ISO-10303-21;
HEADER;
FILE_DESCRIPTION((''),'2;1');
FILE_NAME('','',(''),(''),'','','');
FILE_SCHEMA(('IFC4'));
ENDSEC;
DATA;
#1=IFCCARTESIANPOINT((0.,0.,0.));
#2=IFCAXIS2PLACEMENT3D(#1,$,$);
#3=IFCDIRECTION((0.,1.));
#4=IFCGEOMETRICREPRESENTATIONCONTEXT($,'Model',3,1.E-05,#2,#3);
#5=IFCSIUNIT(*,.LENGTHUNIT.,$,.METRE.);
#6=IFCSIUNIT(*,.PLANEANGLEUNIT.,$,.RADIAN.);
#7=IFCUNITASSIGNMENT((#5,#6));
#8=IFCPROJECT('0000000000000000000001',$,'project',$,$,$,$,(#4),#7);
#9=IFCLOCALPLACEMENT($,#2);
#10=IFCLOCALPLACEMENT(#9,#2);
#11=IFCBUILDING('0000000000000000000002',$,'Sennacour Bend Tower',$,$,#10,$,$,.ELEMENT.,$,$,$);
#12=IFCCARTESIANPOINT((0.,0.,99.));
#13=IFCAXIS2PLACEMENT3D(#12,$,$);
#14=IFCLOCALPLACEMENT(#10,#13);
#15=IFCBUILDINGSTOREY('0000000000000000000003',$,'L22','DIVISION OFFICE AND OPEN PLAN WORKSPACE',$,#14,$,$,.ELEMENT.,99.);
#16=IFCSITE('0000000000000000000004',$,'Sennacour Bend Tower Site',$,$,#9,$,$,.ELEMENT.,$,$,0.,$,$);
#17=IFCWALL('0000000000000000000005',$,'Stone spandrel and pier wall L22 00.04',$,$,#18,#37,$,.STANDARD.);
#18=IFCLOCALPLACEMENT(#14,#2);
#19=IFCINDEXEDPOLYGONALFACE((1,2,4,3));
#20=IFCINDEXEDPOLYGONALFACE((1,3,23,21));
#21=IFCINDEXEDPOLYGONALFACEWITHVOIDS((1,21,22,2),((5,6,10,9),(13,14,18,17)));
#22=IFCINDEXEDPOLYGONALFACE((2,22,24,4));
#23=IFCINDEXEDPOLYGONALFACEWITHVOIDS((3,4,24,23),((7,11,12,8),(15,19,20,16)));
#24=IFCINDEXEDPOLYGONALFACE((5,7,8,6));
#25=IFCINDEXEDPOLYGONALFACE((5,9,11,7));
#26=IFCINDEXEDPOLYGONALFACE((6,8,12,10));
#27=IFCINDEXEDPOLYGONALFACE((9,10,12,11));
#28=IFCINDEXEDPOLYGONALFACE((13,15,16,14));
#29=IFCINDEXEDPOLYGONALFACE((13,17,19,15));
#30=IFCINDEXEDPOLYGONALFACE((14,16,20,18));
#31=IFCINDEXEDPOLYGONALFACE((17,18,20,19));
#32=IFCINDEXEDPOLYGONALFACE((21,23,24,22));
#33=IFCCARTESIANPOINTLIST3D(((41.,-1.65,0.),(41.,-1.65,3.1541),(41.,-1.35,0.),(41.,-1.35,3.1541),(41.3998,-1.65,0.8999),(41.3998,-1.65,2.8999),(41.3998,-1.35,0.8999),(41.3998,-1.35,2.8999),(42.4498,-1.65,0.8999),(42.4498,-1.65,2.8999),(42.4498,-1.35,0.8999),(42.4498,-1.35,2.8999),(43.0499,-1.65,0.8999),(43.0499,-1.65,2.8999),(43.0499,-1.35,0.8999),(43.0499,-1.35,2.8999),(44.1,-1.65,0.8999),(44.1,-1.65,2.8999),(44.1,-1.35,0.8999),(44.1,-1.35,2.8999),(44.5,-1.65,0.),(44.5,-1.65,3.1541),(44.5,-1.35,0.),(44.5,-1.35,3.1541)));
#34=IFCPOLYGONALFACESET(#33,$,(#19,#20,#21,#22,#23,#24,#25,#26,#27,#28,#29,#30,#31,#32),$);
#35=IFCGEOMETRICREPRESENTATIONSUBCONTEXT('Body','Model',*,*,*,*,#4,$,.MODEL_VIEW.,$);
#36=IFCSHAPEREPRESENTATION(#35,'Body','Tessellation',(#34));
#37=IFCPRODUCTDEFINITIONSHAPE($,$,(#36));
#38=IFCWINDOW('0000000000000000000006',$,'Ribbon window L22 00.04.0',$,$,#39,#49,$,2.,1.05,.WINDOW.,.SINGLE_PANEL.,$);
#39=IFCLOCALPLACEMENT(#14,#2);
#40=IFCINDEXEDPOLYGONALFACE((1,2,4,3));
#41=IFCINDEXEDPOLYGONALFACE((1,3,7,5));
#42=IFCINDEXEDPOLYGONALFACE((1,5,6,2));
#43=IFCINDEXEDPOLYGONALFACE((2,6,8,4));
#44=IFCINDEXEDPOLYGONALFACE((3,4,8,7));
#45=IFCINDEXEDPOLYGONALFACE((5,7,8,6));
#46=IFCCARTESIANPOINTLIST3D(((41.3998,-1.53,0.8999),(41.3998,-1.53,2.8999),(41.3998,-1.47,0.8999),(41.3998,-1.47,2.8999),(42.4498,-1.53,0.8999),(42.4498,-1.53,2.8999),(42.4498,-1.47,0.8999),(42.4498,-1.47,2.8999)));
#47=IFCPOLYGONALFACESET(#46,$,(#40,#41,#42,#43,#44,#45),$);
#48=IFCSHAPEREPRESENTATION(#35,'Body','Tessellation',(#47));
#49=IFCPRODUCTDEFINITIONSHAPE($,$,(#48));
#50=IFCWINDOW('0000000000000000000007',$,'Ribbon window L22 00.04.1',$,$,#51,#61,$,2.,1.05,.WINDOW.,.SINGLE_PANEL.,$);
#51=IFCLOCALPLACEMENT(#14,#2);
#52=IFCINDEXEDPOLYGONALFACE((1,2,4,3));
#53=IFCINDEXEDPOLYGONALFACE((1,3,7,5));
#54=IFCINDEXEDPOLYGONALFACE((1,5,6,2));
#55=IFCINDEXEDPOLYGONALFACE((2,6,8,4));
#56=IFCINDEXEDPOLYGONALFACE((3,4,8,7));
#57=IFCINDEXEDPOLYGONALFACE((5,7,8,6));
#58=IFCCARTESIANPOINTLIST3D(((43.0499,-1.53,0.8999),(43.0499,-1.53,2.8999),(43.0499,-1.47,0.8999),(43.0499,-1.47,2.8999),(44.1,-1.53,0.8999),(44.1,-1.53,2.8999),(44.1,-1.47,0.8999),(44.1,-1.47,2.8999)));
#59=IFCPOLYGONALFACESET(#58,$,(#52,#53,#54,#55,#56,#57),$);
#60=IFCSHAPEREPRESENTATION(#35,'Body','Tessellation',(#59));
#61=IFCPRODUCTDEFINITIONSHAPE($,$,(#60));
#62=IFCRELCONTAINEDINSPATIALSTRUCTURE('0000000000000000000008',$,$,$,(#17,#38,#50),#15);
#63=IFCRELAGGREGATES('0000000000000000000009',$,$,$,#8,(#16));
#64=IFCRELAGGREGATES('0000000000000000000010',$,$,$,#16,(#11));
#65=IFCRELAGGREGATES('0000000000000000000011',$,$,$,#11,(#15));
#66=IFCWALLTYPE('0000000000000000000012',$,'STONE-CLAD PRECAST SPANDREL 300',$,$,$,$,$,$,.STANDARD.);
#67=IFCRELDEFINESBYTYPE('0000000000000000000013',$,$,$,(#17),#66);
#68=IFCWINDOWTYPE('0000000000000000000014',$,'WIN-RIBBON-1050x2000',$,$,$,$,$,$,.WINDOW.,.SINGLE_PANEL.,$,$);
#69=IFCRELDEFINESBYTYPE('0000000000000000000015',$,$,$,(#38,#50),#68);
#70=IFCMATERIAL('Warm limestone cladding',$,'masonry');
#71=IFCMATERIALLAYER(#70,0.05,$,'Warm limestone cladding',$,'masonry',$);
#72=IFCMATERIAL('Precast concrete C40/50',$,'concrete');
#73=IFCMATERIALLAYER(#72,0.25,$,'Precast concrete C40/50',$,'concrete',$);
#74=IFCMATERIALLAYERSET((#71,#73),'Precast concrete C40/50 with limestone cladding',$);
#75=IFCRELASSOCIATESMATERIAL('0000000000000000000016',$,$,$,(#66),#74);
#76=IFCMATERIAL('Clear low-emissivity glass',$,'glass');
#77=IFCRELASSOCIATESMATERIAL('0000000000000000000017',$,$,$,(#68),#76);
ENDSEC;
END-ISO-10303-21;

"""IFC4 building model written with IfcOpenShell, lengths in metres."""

from ifc_helpers import new_model, si_unit, direction, frame, frame_2d, origin, place, context, subcontext, project, spatial, rectangle, extrude, material, layer, layer_set, type_object, element, fill, save


model = new_model("IFC4")

# Units and contexts
model_context = context("Model", 3, precision=1e-05, world=origin(), true_north=direction((0.0, 1.0)))
body_context = subcontext(model_context, "Body", "Model", "MODEL_VIEW")
ifc_project = project(units=[si_unit("LENGTHUNIT", "METRE"), si_unit("PLANEANGLEUNIT", "RADIAN")], contexts=[model_context])

# Site, building, storey
site_placement = place(None, origin())
site = spatial("IfcSite", under=ifc_project, at=site_placement, Name="Sennacour Bend Tower Site", CompositionType="ELEMENT", RefElevation=0.0)
building_placement = place(site_placement, origin())
building = spatial("IfcBuilding", under=site, at=building_placement, Name="Sennacour Bend Tower", CompositionType="ELEMENT")
storey_placement = place(building_placement, frame((0.0, 0.0, 99.0)))
storey = spatial("IfcBuildingStorey", under=building, at=storey_placement, Name="L22", Description="DIVISION OFFICE AND OPEN PLAN WORKSPACE", CompositionType="ELEMENT", Elevation=99.0)

# Wall, openings, windows
ifc_material_1 = material(Name="Warm limestone cladding", Category="masonry")
ifc_layer_1 = layer(ifc_material_1, 0.05, Name="Warm limestone cladding", Category="masonry")
ifc_material_2 = material(Name="Precast concrete C40/50", Category="concrete")
ifc_layer_2 = layer(ifc_material_2, 0.25, Name="Precast concrete C40/50", Category="concrete")
ifc_layer_set_1 = layer_set([ifc_layer_1, ifc_layer_2], Name="Precast concrete C40/50 with limestone cladding")
wall_type_1 = type_object("IfcWallType", Name="STONE-CLAD PRECAST SPANDREL 300", PredefinedType="STANDARD", material=ifc_layer_set_1)
ifc_material_3 = material(Name="Clear low-emissivity glass", Category="glass")
window_type = type_object("IfcWindowType", Name="WIN-RIBBON-1050x2000", PartitioningType="SINGLE_PANEL", PredefinedType="WINDOW", material=ifc_material_3)
wall_1_placement = place(storey_placement, frame((41.0, -1.5, 0.0), z_axis=(0.0, 0.0, 1.0), x_axis=(1.0, 0.0, 0.0)))
wall_1 = element("IfcWall", 1, at=wall_1_placement, inside=storey, type_object=wall_type_1, Name="Stone spandrel and pier wall L22 00.04", PredefinedType="STANDARD", context=body_context, shape_type="SweptSolid", body=[
    extrude(rectangle(XDim=3.5, YDim=0.3, at=frame_2d((1.75, 0.0))), origin(), (0.0, 0.0, 1.0), 3.1541),
])
opening_1_placement = place(wall_1_placement, frame((0.3999, 0.0, 0.8999)))
opening_1 = element("IfcOpeningElement", 2, at=opening_1_placement, cuts=wall_1, PredefinedType="OPENING", context=body_context, shape_type="SweptSolid", body=[
    extrude(rectangle(XDim=1.05, YDim=2.0, at=frame_2d((0.5249, 1.0))), frame((0.0, 0.1602, 0.0), z_axis=(0.0, -1.0, 0.0), x_axis=(1.0, 0.0, 0.0)), (0.0, 0.0, 1.0), 0.3201),
])
opening_2_placement = place(wall_1_placement, frame((2.05, 0.0, 0.8999)))
opening_2 = element("IfcOpeningElement", 3, at=opening_2_placement, cuts=wall_1, PredefinedType="OPENING", context=body_context, shape_type="SweptSolid", body=[
    extrude(rectangle(XDim=1.05, YDim=2.0, at=frame_2d((0.5249, 1.0))), frame((0.0, 0.1602, 0.0), z_axis=(0.0, -1.0, 0.0), x_axis=(1.0, 0.0, 0.0)), (0.0, 0.0, 1.0), 0.3201),
])
window_1_placement = place(opening_1_placement, origin())
window_1 = element("IfcWindow", 4, at=window_1_placement, inside=storey, type_object=window_type, Name="Ribbon window L22 00.04.0", OverallHeight=2.0, OverallWidth=1.05, PartitioningType="SINGLE_PANEL", PredefinedType="WINDOW", context=body_context, shape_type="SweptSolid", body=[
    extrude(rectangle(XDim=1.05, YDim=2.0, at=frame_2d((0.5249, 1.0))), frame((0.0, 0.03, 0.0), z_axis=(0.0, -1.0, 0.0), x_axis=(1.0, 0.0, 0.0)), (0.0, 0.0, 1.0), 0.0601),
])
fill(opening_1, window_1)
window_2_placement = place(opening_2_placement, origin())
window_2 = element("IfcWindow", 5, at=window_2_placement, inside=storey, type_object=window_type, Name="Ribbon window L22 00.04.1", OverallHeight=2.0, OverallWidth=1.05, PartitioningType="SINGLE_PANEL", PredefinedType="WINDOW", context=body_context, shape_type="SweptSolid", body=[
    extrude(rectangle(XDim=1.05, YDim=2.0, at=frame_2d((0.5249, 1.0))), frame((0.0, 0.03, 0.0), z_axis=(0.0, -1.0, 0.0), x_axis=(1.0, 0.0, 0.0)), (0.0, 0.0, 1.0), 0.0601),
])
fill(opening_2, window_2)

save(model, "model.ifc")
